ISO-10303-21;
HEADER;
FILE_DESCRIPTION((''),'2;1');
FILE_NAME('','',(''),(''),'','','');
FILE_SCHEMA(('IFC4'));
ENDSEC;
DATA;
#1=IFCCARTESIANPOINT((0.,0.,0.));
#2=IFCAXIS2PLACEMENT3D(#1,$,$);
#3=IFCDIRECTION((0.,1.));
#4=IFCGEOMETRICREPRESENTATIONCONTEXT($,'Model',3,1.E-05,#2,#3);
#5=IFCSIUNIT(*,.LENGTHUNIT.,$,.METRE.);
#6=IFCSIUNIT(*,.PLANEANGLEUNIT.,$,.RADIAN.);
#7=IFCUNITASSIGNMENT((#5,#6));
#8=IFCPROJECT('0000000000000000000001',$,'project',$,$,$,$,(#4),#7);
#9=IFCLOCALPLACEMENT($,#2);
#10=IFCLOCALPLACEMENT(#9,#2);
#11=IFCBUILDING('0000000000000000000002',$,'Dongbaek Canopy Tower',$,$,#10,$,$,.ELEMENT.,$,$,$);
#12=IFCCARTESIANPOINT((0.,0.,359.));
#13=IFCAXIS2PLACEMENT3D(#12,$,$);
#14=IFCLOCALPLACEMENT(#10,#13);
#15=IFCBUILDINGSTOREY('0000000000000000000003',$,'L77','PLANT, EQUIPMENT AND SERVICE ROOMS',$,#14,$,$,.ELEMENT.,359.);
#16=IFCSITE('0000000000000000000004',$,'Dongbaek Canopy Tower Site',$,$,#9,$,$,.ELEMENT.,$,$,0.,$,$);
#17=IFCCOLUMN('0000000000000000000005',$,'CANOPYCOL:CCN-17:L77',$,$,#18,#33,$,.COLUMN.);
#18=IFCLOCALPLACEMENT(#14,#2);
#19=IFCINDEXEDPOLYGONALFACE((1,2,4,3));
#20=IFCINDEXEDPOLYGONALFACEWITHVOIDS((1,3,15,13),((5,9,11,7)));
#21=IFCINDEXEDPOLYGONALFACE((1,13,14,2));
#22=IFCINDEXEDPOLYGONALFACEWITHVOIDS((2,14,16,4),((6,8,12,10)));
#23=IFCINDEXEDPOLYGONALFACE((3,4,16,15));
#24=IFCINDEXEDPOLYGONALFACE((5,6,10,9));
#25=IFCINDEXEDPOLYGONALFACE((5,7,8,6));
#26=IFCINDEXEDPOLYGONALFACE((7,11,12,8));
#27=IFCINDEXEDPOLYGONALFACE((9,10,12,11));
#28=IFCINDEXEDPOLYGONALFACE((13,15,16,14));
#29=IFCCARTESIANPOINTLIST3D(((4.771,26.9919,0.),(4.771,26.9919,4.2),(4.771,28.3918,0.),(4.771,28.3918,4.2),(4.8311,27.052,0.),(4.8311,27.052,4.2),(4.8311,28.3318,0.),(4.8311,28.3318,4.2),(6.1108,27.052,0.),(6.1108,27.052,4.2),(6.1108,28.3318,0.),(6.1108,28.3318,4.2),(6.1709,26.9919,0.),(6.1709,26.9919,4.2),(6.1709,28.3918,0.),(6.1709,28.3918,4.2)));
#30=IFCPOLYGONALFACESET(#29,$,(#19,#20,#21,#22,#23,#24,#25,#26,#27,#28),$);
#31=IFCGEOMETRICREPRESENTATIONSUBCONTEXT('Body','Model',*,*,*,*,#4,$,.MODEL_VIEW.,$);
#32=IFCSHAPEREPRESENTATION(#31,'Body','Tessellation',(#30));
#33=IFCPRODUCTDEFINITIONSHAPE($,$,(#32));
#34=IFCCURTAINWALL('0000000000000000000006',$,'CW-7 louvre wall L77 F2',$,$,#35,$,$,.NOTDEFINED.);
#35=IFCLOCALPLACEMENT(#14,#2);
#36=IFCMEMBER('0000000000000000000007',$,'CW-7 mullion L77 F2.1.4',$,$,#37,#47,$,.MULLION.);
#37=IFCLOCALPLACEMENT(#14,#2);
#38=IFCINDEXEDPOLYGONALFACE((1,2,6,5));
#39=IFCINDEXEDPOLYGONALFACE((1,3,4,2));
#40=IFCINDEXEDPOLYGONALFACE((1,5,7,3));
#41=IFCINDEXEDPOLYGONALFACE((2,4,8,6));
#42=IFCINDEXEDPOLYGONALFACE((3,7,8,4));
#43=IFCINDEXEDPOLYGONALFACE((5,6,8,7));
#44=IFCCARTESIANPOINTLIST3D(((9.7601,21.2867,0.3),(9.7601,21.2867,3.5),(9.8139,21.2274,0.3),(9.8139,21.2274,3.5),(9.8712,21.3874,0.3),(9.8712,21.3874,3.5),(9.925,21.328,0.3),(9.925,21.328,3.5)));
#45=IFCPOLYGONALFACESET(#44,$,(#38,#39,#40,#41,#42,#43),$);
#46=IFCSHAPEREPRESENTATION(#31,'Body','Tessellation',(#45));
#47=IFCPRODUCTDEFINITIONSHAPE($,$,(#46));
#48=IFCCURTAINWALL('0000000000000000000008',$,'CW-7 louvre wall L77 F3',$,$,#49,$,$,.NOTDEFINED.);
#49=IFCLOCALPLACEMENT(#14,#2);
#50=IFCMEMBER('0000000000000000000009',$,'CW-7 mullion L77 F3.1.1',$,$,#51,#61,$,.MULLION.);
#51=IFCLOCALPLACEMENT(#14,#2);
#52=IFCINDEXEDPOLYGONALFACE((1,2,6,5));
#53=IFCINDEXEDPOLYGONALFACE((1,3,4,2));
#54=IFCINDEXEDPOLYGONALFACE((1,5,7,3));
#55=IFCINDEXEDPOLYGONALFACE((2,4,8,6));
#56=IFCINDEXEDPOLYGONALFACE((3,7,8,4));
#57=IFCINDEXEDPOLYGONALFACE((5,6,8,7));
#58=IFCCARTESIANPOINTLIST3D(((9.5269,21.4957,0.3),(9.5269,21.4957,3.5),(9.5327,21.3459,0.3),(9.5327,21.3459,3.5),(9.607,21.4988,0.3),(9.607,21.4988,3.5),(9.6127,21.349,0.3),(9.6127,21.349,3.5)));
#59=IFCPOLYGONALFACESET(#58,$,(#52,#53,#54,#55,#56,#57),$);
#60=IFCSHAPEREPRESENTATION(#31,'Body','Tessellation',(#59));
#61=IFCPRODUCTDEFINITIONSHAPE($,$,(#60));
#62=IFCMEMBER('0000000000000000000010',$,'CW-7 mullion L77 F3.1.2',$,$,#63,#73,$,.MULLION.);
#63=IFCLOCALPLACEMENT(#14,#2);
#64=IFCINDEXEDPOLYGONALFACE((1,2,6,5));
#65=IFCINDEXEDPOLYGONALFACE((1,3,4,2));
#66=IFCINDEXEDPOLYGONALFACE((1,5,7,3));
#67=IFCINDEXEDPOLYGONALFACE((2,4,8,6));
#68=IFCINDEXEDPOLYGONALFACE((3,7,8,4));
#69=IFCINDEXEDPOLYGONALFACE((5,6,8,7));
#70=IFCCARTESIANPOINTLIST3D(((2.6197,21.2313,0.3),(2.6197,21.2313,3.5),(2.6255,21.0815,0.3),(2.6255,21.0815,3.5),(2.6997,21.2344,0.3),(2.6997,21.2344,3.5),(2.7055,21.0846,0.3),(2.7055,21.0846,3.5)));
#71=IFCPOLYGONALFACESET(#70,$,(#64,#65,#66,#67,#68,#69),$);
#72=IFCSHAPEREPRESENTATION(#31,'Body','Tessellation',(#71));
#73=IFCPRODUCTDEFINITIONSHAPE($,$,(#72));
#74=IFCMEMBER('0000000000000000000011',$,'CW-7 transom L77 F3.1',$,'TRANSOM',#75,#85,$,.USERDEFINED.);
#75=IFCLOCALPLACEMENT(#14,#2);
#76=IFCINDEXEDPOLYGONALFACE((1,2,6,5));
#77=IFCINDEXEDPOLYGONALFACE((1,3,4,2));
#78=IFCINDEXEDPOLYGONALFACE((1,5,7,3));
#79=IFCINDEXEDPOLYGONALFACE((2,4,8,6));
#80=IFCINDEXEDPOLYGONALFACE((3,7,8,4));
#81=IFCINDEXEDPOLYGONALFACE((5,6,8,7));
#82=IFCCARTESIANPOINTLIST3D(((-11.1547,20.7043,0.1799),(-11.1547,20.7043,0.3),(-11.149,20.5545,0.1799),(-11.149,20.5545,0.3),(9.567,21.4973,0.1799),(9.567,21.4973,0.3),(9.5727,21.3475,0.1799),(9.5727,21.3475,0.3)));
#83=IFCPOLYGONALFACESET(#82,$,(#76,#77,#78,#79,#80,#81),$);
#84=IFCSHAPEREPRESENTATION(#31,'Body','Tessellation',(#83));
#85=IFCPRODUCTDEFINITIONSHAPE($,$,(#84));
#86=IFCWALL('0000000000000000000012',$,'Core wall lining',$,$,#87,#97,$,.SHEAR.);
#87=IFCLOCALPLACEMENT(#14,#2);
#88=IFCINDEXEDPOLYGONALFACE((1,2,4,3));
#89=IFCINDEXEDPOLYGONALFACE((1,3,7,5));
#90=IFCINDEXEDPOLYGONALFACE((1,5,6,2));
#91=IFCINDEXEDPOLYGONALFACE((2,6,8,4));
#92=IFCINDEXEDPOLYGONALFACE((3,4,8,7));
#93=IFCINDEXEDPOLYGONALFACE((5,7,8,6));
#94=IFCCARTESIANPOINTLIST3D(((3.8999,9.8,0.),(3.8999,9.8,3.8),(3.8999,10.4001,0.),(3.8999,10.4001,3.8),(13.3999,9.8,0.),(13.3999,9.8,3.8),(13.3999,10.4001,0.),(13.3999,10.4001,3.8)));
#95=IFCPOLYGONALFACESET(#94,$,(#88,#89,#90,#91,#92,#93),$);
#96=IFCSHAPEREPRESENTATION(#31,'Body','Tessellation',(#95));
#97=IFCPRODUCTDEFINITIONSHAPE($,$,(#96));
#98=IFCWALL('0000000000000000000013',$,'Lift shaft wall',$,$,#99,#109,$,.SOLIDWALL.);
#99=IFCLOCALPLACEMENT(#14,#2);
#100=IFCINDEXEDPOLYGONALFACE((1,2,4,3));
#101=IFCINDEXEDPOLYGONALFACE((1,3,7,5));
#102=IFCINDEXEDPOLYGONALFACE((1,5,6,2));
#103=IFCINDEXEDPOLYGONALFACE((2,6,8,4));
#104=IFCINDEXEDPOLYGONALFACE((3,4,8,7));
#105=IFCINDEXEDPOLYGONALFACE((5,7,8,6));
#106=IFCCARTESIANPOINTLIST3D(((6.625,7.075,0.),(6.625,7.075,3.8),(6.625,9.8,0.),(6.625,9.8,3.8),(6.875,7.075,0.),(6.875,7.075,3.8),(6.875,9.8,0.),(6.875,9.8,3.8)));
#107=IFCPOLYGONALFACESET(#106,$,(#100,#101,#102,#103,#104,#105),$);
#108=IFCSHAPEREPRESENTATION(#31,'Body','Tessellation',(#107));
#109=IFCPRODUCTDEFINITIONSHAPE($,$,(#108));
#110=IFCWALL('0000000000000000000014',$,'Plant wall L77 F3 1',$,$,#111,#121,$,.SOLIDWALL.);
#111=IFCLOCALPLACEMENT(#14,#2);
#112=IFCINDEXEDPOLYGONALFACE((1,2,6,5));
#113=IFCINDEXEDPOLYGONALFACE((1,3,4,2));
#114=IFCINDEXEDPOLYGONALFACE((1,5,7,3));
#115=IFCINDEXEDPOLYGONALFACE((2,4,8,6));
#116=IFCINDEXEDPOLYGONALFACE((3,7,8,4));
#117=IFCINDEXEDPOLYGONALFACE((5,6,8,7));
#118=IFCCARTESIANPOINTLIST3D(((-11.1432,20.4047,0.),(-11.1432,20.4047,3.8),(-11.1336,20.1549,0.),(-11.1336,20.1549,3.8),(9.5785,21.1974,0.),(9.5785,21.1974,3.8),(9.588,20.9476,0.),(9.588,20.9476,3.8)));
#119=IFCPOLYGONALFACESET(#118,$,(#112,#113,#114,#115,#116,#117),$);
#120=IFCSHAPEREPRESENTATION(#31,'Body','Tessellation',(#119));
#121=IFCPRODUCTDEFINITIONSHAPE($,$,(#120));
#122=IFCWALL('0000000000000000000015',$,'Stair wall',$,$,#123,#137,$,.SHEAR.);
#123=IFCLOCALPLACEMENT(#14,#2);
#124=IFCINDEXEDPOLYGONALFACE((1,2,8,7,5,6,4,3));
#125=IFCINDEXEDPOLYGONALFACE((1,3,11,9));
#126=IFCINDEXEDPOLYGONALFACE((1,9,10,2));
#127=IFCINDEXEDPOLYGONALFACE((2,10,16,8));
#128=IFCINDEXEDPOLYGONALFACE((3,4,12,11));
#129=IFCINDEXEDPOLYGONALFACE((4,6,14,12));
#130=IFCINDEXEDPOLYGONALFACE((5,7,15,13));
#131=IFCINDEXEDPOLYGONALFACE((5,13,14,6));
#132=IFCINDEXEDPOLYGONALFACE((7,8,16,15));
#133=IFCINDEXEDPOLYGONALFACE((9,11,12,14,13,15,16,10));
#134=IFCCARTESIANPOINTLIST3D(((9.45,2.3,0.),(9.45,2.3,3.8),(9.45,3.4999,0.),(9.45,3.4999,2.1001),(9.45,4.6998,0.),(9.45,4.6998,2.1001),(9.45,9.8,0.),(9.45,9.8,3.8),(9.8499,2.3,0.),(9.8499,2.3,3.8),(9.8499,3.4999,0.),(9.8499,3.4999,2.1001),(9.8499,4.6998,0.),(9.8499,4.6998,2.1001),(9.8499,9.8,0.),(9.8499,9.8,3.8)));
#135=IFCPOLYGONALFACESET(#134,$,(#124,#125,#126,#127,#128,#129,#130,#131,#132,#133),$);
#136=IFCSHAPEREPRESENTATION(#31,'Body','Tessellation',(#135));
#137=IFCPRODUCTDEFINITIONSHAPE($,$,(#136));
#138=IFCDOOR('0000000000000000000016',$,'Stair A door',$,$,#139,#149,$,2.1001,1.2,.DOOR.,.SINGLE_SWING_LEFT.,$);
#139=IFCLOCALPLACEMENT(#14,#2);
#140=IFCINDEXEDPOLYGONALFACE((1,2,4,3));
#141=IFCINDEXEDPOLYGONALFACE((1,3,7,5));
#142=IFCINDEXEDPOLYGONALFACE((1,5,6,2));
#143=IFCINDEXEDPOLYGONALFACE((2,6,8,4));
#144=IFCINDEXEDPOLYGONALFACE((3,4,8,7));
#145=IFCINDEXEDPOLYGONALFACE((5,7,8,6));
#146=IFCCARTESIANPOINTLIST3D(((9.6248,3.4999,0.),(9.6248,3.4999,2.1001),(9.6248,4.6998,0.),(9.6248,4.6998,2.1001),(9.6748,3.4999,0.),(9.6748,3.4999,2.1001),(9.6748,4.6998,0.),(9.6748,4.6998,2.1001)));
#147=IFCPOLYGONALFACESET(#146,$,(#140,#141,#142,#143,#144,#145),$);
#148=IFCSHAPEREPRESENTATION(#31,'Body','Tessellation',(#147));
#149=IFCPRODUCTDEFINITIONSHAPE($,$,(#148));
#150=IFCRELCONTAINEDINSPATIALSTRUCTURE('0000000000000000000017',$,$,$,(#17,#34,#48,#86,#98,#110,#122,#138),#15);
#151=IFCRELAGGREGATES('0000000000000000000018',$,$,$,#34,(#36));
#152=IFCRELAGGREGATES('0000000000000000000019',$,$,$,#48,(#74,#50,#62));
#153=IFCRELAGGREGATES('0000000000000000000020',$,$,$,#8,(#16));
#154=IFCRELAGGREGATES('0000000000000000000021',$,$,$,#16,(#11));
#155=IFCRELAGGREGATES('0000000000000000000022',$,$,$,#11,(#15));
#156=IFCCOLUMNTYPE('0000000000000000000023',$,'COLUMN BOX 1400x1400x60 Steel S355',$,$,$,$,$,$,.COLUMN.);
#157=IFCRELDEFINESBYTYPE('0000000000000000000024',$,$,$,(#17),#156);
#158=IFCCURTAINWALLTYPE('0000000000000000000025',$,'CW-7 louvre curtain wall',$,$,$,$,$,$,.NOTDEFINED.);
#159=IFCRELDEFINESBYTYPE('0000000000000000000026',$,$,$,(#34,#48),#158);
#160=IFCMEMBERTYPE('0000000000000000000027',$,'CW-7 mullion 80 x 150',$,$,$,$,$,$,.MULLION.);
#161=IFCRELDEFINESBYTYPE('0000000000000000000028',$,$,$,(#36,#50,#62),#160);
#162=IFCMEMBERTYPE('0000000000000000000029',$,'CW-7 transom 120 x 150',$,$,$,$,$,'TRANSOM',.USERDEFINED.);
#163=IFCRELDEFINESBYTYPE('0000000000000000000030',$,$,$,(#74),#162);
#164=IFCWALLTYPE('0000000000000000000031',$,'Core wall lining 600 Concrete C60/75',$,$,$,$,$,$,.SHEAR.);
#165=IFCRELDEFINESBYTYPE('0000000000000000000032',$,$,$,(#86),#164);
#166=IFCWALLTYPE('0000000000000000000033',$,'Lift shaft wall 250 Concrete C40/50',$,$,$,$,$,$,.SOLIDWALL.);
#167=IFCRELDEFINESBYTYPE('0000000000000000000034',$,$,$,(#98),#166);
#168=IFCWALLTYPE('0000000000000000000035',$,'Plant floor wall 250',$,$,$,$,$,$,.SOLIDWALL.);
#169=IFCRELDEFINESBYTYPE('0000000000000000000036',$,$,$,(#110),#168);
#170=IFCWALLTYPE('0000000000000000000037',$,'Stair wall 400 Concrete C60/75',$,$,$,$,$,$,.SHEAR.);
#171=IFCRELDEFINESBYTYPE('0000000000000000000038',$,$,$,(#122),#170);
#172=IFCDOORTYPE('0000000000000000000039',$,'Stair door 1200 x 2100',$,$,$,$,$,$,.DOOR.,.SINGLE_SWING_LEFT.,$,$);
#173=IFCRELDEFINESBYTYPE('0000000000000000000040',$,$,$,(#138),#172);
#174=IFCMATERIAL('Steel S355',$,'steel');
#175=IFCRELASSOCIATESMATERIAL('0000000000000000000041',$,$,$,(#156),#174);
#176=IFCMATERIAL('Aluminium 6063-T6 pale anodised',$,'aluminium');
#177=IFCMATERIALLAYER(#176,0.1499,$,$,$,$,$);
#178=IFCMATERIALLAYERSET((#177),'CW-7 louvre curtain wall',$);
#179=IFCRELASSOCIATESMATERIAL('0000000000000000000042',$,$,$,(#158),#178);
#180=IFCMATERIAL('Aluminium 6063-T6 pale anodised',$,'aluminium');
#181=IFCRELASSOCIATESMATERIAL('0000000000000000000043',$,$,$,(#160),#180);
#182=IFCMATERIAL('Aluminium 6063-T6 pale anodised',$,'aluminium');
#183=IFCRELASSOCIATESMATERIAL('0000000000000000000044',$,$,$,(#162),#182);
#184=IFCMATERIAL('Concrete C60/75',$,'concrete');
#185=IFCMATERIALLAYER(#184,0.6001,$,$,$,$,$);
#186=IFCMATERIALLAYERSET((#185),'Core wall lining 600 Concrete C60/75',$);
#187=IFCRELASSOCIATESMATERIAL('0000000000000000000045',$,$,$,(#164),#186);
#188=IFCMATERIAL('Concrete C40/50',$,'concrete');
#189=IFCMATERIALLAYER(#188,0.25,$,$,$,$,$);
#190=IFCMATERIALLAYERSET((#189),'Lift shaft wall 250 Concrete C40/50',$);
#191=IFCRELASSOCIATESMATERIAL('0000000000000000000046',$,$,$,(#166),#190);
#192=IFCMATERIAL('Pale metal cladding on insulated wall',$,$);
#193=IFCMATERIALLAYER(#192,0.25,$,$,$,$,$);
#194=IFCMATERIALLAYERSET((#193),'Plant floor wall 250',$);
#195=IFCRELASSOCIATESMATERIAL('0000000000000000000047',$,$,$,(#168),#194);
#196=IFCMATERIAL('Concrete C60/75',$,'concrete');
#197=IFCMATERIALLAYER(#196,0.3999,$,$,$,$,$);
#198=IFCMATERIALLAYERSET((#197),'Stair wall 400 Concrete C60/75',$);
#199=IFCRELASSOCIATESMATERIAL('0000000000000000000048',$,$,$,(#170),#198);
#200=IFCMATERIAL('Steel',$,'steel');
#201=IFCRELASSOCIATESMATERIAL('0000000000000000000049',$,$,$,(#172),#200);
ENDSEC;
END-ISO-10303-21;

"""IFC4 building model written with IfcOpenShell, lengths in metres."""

from ifc_helpers import new_model, si_unit, direction, frame, frame_2d, origin, origin_2d, place, context, subcontext, project, spatial, rectangle, hollow_rectangle, extrude, material, layer, layer_set, material_profile, profile_set, type_object, element, fill, aggregate, save


model = new_model("IFC4")

# Units and contexts
model_context = context("Model", 3, precision=1e-05, world=origin(), true_north=direction((0.0, 1.0)))
body_context = subcontext(model_context, "Body", "Model", "MODEL_VIEW")
ifc_project = project(units=[si_unit("LENGTHUNIT", "METRE"), si_unit("PLANEANGLEUNIT", "RADIAN")], contexts=[model_context])

# Site, building, storey
site_placement = place(None, origin())
site = spatial("IfcSite", under=ifc_project, at=site_placement, Name="Dongbaek Canopy Tower Site", CompositionType="ELEMENT", RefElevation=0.0)
building_placement = place(site_placement, origin())
building = spatial("IfcBuilding", under=site, at=building_placement, Name="Dongbaek Canopy Tower", CompositionType="ELEMENT")
storey_placement = place(building_placement, frame((0.0, 0.0, 359.0)))
storey = spatial("IfcBuildingStorey", under=building, at=storey_placement, Name="L77", Description="PLANT, EQUIPMENT AND SERVICE ROOMS", CompositionType="ELEMENT", Elevation=359.0)

# Column
ifc_material_1 = material(Name="Steel S355", Category="steel")
ifc_material_profile_1 = material_profile(ifc_material_1, hollow_rectangle(XDim=1.3999, YDim=1.3999, WallThickness=0.0601, at=origin_2d()), Name="COLUMN BOX 1400x1400x60 Steel S355")
ifc_profile_set_1 = profile_set([ifc_material_profile_1], Name="Steel S355")
column_type = type_object("IfcColumnType", Name="COLUMN BOX 1400x1400x60 Steel S355", PredefinedType="COLUMN", material=ifc_profile_set_1)
column_placement = place(storey_placement, frame((5.4709, 27.6919, 0.0), z_axis=(0.0, 0.0, 1.0), x_axis=(1.0, 0.0, 0.0)))
element("IfcColumn", 1, at=column_placement, inside=storey, type_object=column_type, Name="CANOPYCOL:CCN-17:L77", PredefinedType="COLUMN", context=body_context, shape_type="SweptSolid", body=[
    extrude(hollow_rectangle(XDim=1.3999, YDim=1.3999, WallThickness=0.0601, at=origin_2d()), origin(), (0.0, 0.0, 1.0), 4.2),
])

# Curtain wall, member
ifc_material_2 = material(Name="Aluminium 6063-T6 pale anodised", Category="aluminium")
ifc_layer_1 = layer(ifc_material_2, 0.1499)
ifc_layer_set_1 = layer_set([ifc_layer_1], Name="CW-7 louvre curtain wall")
curtain_wall_type = type_object("IfcCurtainWallType", Name="CW-7 louvre curtain wall", PredefinedType="NOTDEFINED", material=ifc_layer_set_1)
curtain_wall_1_placement = place(storey_placement, origin())
curtain_wall_1 = element("IfcCurtainWall", 2, at=curtain_wall_1_placement, inside=storey, type_object=curtain_wall_type, Name="CW-7 louvre wall L77 F2", PredefinedType="NOTDEFINED")
ifc_material_3 = material(Name="Aluminium 6063-T6 pale anodised", Category="aluminium")
ifc_material_profile_2 = material_profile(ifc_material_3, rectangle(XDim=0.1499, YDim=0.0801, at=origin_2d()), Name="CW-7 mullion 80 x 150")
ifc_profile_set_2 = profile_set([ifc_material_profile_2], Name="Aluminium 6063-T6 pale anodised")
member_type_1 = type_object("IfcMemberType", Name="CW-7 mullion 80 x 150", PredefinedType="MULLION", material=ifc_profile_set_2)
member_1_placement = place(storey_placement, frame((9.8425, 21.3074, 0.3), z_axis=(0.0, 0.0, 1.0), x_axis=(0.741222, 0.67126, 0.0)))
member_1 = element("IfcMember", 3, at=member_1_placement, type_object=member_type_1, Name="CW-7 mullion L77 F2.1.4", PredefinedType="MULLION", context=body_context, shape_type="SweptSolid", body=[
    extrude(rectangle(XDim=0.1499, YDim=0.0801, at=origin_2d()), origin(), (0.0, 0.0, 1.0), 3.2),
])
aggregate(curtain_wall_1, [member_1])

# Curtain wall, members
curtain_wall_2_placement = place(storey_placement, origin())
curtain_wall_2 = element("IfcCurtainWall", 4, at=curtain_wall_2_placement, inside=storey, type_object=curtain_wall_type, Name="CW-7 louvre wall L77 F3", PredefinedType="NOTDEFINED")
member_2_placement = place(storey_placement, frame((9.5698, 21.4224, 0.3), z_axis=(0.0, 0.0, 1.0), x_axis=(-0.038232, 0.999269, 0.0)))
member_2 = element("IfcMember", 5, at=member_2_placement, type_object=member_type_1, Name="CW-7 mullion L77 F3.1.1", PredefinedType="MULLION", context=body_context, shape_type="SweptSolid", body=[
    extrude(rectangle(XDim=0.1499, YDim=0.0801, at=origin_2d()), origin(), (0.0, 0.0, 1.0), 3.2),
])
member_3_placement = place(storey_placement, frame((2.6626, 21.158, 0.3), z_axis=(0.0, 0.0, 1.0), x_axis=(-0.038232, 0.999269, 0.0)))
member_3 = element("IfcMember", 6, at=member_3_placement, type_object=member_type_1, Name="CW-7 mullion L77 F3.1.2", PredefinedType="MULLION", context=body_context, shape_type="SweptSolid", body=[
    extrude(rectangle(XDim=0.1499, YDim=0.0801, at=origin_2d()), origin(), (0.0, 0.0, 1.0), 3.2),
])
ifc_material_4 = material(Name="Aluminium 6063-T6 pale anodised", Category="aluminium")
ifc_material_profile_3 = material_profile(ifc_material_4, rectangle(XDim=0.1499, YDim=0.1201, at=origin_2d()), Name="CW-7 transom 120 x 150")
ifc_profile_set_3 = profile_set([ifc_material_profile_3], Name="Aluminium 6063-T6 pale anodised")
member_type_2 = type_object("IfcMemberType", Name="CW-7 transom 120 x 150", ElementType="TRANSOM", PredefinedType="USERDEFINED", material=ifc_profile_set_3)
member_4_placement = place(storey_placement, frame((9.5698, 21.4224, 0.24), z_axis=(-0.999269, -0.03824, 0.0), x_axis=(0.03824, -0.999269, 0.0)))
member_4 = element("IfcMember", 7, at=member_4_placement, type_object=member_type_2, Name="CW-7 transom L77 F3.1", ObjectType="TRANSOM", PredefinedType="USERDEFINED", context=body_context, shape_type="SweptSolid", body=[
    extrude(rectangle(XDim=0.1499, YDim=0.1201, at=origin_2d()), origin(), (0.0, 0.0, 1.0), 20.7368),
])

# Walls
ifc_material_5 = material(Name="Concrete C60/75", Category="concrete")
ifc_layer_2 = layer(ifc_material_5, 0.6001)
ifc_layer_set_2 = layer_set([ifc_layer_2], Name="Core wall lining 600 Concrete C60/75")
wall_type_1 = type_object("IfcWallType", Name="Core wall lining 600 Concrete C60/75", PredefinedType="SHEAR", material=ifc_layer_set_2)
wall_1_placement = place(storey_placement, frame((3.8999, 10.1001, 0.0), z_axis=(0.0, 0.0, 1.0), x_axis=(1.0, 0.0, 0.0)))
element("IfcWall", 8, at=wall_1_placement, inside=storey, type_object=wall_type_1, Name="Core wall lining", PredefinedType="SHEAR", context=body_context, shape_type="SweptSolid", body=[
    extrude(rectangle(XDim=9.5, YDim=0.6001, at=frame_2d((4.75, 0.0))), origin(), (0.0, 0.0, 1.0), 3.8),
])
ifc_material_6 = material(Name="Concrete C40/50", Category="concrete")
ifc_layer_3 = layer(ifc_material_6, 0.25)
ifc_layer_set_3 = layer_set([ifc_layer_3], Name="Lift shaft wall 250 Concrete C40/50")
wall_type_2 = type_object("IfcWallType", Name="Lift shaft wall 250 Concrete C40/50", PredefinedType="SOLIDWALL", material=ifc_layer_set_3)
wall_2_placement = place(storey_placement, frame((6.75, 7.075, 0.0), z_axis=(0.0, 0.0, 1.0), x_axis=(0.0, 1.0, 0.0)))
element("IfcWall", 9, at=wall_2_placement, inside=storey, type_object=wall_type_2, Name="Lift shaft wall", PredefinedType="SOLIDWALL", context=body_context, shape_type="SweptSolid", body=[
    extrude(rectangle(XDim=2.7251, YDim=0.25, at=frame_2d((1.3625, 0.0))), origin(), (0.0, 0.0, 1.0), 3.8),
])
ifc_material_7 = material(Name="Pale metal cladding on insulated wall")
ifc_layer_4 = layer(ifc_material_7, 0.25)
ifc_layer_set_4 = layer_set([ifc_layer_4], Name="Plant floor wall 250")
wall_type_3 = type_object("IfcWallType", Name="Plant floor wall 250", PredefinedType="SOLIDWALL", material=ifc_layer_set_4)
wall_3_placement = place(storey_placement, frame((9.5833, 21.0725, 0.0), z_axis=(0.0, 0.0, 1.0), x_axis=(-0.999269, -0.038228, 0.0)))
element("IfcWall", 10, at=wall_3_placement, inside=storey, type_object=wall_type_3, Name="Plant wall L77 F3 1", PredefinedType="SOLIDWALL", context=body_context, shape_type="SweptSolid", body=[
    extrude(rectangle(XDim=20.7368, YDim=0.25, at=frame_2d((10.3684, 0.0))), origin(), (0.0, 0.0, 1.0), 3.8),
])

# Wall, opening, door
ifc_material_8 = material(Name="Concrete C60/75", Category="concrete")
ifc_layer_5 = layer(ifc_material_8, 0.3999)
ifc_layer_set_5 = layer_set([ifc_layer_5], Name="Stair wall 400 Concrete C60/75")
wall_type_4 = type_object("IfcWallType", Name="Stair wall 400 Concrete C60/75", PredefinedType="SHEAR", material=ifc_layer_set_5)
wall_4_placement = place(storey_placement, frame((9.6499, 9.8, 0.0), z_axis=(0.0, 0.0, 1.0), x_axis=(0.0, -1.0, 0.0)))
wall_4 = element("IfcWall", 11, at=wall_4_placement, inside=storey, type_object=wall_type_4, Name="Stair wall", PredefinedType="SHEAR", context=body_context, shape_type="SweptSolid", body=[
    extrude(rectangle(XDim=7.5, YDim=0.3999, at=frame_2d((3.75, 0.0))), origin(), (0.0, 0.0, 1.0), 3.8),
])
opening_placement = place(wall_4_placement, frame((5.1001, 0.0, 0.0)))
opening = element("IfcOpeningElement", 12, at=opening_placement, cuts=wall_4, PredefinedType="OPENING", context=body_context, shape_type="SweptSolid", body=[
    extrude(rectangle(XDim=1.2, YDim=2.1001, at=frame_2d((0.6001, 1.05))), frame((0.0, 0.21, 0.0), z_axis=(0.0, -1.0, 0.0), x_axis=(1.0, 0.0, 0.0)), (0.0, 0.0, 1.0), 0.4199),
])
ifc_material_9 = material(Name="Steel", Category="steel")
door_type = type_object("IfcDoorType", Name="Stair door 1200 x 2100", OperationType="SINGLE_SWING_LEFT", PredefinedType="DOOR", material=ifc_material_9)
door_placement = place(opening_placement, origin())
door = element("IfcDoor", 13, at=door_placement, inside=storey, type_object=door_type, Name="Stair A door", OperationType="SINGLE_SWING_LEFT", OverallHeight=2.1001, OverallWidth=1.2, PredefinedType="DOOR", context=body_context, shape_type="SweptSolid", body=[
    extrude(rectangle(XDim=1.2, YDim=2.1001, at=frame_2d((0.6001, 1.05))), frame((0.0, 0.0249, 0.0), z_axis=(0.0, -1.0, 0.0), x_axis=(1.0, 0.0, 0.0)), (0.0, 0.0, 1.0), 0.05),
])
fill(opening, door)

aggregate(curtain_wall_2, [member_4, member_2, member_3])

save(model, "model.ifc")
